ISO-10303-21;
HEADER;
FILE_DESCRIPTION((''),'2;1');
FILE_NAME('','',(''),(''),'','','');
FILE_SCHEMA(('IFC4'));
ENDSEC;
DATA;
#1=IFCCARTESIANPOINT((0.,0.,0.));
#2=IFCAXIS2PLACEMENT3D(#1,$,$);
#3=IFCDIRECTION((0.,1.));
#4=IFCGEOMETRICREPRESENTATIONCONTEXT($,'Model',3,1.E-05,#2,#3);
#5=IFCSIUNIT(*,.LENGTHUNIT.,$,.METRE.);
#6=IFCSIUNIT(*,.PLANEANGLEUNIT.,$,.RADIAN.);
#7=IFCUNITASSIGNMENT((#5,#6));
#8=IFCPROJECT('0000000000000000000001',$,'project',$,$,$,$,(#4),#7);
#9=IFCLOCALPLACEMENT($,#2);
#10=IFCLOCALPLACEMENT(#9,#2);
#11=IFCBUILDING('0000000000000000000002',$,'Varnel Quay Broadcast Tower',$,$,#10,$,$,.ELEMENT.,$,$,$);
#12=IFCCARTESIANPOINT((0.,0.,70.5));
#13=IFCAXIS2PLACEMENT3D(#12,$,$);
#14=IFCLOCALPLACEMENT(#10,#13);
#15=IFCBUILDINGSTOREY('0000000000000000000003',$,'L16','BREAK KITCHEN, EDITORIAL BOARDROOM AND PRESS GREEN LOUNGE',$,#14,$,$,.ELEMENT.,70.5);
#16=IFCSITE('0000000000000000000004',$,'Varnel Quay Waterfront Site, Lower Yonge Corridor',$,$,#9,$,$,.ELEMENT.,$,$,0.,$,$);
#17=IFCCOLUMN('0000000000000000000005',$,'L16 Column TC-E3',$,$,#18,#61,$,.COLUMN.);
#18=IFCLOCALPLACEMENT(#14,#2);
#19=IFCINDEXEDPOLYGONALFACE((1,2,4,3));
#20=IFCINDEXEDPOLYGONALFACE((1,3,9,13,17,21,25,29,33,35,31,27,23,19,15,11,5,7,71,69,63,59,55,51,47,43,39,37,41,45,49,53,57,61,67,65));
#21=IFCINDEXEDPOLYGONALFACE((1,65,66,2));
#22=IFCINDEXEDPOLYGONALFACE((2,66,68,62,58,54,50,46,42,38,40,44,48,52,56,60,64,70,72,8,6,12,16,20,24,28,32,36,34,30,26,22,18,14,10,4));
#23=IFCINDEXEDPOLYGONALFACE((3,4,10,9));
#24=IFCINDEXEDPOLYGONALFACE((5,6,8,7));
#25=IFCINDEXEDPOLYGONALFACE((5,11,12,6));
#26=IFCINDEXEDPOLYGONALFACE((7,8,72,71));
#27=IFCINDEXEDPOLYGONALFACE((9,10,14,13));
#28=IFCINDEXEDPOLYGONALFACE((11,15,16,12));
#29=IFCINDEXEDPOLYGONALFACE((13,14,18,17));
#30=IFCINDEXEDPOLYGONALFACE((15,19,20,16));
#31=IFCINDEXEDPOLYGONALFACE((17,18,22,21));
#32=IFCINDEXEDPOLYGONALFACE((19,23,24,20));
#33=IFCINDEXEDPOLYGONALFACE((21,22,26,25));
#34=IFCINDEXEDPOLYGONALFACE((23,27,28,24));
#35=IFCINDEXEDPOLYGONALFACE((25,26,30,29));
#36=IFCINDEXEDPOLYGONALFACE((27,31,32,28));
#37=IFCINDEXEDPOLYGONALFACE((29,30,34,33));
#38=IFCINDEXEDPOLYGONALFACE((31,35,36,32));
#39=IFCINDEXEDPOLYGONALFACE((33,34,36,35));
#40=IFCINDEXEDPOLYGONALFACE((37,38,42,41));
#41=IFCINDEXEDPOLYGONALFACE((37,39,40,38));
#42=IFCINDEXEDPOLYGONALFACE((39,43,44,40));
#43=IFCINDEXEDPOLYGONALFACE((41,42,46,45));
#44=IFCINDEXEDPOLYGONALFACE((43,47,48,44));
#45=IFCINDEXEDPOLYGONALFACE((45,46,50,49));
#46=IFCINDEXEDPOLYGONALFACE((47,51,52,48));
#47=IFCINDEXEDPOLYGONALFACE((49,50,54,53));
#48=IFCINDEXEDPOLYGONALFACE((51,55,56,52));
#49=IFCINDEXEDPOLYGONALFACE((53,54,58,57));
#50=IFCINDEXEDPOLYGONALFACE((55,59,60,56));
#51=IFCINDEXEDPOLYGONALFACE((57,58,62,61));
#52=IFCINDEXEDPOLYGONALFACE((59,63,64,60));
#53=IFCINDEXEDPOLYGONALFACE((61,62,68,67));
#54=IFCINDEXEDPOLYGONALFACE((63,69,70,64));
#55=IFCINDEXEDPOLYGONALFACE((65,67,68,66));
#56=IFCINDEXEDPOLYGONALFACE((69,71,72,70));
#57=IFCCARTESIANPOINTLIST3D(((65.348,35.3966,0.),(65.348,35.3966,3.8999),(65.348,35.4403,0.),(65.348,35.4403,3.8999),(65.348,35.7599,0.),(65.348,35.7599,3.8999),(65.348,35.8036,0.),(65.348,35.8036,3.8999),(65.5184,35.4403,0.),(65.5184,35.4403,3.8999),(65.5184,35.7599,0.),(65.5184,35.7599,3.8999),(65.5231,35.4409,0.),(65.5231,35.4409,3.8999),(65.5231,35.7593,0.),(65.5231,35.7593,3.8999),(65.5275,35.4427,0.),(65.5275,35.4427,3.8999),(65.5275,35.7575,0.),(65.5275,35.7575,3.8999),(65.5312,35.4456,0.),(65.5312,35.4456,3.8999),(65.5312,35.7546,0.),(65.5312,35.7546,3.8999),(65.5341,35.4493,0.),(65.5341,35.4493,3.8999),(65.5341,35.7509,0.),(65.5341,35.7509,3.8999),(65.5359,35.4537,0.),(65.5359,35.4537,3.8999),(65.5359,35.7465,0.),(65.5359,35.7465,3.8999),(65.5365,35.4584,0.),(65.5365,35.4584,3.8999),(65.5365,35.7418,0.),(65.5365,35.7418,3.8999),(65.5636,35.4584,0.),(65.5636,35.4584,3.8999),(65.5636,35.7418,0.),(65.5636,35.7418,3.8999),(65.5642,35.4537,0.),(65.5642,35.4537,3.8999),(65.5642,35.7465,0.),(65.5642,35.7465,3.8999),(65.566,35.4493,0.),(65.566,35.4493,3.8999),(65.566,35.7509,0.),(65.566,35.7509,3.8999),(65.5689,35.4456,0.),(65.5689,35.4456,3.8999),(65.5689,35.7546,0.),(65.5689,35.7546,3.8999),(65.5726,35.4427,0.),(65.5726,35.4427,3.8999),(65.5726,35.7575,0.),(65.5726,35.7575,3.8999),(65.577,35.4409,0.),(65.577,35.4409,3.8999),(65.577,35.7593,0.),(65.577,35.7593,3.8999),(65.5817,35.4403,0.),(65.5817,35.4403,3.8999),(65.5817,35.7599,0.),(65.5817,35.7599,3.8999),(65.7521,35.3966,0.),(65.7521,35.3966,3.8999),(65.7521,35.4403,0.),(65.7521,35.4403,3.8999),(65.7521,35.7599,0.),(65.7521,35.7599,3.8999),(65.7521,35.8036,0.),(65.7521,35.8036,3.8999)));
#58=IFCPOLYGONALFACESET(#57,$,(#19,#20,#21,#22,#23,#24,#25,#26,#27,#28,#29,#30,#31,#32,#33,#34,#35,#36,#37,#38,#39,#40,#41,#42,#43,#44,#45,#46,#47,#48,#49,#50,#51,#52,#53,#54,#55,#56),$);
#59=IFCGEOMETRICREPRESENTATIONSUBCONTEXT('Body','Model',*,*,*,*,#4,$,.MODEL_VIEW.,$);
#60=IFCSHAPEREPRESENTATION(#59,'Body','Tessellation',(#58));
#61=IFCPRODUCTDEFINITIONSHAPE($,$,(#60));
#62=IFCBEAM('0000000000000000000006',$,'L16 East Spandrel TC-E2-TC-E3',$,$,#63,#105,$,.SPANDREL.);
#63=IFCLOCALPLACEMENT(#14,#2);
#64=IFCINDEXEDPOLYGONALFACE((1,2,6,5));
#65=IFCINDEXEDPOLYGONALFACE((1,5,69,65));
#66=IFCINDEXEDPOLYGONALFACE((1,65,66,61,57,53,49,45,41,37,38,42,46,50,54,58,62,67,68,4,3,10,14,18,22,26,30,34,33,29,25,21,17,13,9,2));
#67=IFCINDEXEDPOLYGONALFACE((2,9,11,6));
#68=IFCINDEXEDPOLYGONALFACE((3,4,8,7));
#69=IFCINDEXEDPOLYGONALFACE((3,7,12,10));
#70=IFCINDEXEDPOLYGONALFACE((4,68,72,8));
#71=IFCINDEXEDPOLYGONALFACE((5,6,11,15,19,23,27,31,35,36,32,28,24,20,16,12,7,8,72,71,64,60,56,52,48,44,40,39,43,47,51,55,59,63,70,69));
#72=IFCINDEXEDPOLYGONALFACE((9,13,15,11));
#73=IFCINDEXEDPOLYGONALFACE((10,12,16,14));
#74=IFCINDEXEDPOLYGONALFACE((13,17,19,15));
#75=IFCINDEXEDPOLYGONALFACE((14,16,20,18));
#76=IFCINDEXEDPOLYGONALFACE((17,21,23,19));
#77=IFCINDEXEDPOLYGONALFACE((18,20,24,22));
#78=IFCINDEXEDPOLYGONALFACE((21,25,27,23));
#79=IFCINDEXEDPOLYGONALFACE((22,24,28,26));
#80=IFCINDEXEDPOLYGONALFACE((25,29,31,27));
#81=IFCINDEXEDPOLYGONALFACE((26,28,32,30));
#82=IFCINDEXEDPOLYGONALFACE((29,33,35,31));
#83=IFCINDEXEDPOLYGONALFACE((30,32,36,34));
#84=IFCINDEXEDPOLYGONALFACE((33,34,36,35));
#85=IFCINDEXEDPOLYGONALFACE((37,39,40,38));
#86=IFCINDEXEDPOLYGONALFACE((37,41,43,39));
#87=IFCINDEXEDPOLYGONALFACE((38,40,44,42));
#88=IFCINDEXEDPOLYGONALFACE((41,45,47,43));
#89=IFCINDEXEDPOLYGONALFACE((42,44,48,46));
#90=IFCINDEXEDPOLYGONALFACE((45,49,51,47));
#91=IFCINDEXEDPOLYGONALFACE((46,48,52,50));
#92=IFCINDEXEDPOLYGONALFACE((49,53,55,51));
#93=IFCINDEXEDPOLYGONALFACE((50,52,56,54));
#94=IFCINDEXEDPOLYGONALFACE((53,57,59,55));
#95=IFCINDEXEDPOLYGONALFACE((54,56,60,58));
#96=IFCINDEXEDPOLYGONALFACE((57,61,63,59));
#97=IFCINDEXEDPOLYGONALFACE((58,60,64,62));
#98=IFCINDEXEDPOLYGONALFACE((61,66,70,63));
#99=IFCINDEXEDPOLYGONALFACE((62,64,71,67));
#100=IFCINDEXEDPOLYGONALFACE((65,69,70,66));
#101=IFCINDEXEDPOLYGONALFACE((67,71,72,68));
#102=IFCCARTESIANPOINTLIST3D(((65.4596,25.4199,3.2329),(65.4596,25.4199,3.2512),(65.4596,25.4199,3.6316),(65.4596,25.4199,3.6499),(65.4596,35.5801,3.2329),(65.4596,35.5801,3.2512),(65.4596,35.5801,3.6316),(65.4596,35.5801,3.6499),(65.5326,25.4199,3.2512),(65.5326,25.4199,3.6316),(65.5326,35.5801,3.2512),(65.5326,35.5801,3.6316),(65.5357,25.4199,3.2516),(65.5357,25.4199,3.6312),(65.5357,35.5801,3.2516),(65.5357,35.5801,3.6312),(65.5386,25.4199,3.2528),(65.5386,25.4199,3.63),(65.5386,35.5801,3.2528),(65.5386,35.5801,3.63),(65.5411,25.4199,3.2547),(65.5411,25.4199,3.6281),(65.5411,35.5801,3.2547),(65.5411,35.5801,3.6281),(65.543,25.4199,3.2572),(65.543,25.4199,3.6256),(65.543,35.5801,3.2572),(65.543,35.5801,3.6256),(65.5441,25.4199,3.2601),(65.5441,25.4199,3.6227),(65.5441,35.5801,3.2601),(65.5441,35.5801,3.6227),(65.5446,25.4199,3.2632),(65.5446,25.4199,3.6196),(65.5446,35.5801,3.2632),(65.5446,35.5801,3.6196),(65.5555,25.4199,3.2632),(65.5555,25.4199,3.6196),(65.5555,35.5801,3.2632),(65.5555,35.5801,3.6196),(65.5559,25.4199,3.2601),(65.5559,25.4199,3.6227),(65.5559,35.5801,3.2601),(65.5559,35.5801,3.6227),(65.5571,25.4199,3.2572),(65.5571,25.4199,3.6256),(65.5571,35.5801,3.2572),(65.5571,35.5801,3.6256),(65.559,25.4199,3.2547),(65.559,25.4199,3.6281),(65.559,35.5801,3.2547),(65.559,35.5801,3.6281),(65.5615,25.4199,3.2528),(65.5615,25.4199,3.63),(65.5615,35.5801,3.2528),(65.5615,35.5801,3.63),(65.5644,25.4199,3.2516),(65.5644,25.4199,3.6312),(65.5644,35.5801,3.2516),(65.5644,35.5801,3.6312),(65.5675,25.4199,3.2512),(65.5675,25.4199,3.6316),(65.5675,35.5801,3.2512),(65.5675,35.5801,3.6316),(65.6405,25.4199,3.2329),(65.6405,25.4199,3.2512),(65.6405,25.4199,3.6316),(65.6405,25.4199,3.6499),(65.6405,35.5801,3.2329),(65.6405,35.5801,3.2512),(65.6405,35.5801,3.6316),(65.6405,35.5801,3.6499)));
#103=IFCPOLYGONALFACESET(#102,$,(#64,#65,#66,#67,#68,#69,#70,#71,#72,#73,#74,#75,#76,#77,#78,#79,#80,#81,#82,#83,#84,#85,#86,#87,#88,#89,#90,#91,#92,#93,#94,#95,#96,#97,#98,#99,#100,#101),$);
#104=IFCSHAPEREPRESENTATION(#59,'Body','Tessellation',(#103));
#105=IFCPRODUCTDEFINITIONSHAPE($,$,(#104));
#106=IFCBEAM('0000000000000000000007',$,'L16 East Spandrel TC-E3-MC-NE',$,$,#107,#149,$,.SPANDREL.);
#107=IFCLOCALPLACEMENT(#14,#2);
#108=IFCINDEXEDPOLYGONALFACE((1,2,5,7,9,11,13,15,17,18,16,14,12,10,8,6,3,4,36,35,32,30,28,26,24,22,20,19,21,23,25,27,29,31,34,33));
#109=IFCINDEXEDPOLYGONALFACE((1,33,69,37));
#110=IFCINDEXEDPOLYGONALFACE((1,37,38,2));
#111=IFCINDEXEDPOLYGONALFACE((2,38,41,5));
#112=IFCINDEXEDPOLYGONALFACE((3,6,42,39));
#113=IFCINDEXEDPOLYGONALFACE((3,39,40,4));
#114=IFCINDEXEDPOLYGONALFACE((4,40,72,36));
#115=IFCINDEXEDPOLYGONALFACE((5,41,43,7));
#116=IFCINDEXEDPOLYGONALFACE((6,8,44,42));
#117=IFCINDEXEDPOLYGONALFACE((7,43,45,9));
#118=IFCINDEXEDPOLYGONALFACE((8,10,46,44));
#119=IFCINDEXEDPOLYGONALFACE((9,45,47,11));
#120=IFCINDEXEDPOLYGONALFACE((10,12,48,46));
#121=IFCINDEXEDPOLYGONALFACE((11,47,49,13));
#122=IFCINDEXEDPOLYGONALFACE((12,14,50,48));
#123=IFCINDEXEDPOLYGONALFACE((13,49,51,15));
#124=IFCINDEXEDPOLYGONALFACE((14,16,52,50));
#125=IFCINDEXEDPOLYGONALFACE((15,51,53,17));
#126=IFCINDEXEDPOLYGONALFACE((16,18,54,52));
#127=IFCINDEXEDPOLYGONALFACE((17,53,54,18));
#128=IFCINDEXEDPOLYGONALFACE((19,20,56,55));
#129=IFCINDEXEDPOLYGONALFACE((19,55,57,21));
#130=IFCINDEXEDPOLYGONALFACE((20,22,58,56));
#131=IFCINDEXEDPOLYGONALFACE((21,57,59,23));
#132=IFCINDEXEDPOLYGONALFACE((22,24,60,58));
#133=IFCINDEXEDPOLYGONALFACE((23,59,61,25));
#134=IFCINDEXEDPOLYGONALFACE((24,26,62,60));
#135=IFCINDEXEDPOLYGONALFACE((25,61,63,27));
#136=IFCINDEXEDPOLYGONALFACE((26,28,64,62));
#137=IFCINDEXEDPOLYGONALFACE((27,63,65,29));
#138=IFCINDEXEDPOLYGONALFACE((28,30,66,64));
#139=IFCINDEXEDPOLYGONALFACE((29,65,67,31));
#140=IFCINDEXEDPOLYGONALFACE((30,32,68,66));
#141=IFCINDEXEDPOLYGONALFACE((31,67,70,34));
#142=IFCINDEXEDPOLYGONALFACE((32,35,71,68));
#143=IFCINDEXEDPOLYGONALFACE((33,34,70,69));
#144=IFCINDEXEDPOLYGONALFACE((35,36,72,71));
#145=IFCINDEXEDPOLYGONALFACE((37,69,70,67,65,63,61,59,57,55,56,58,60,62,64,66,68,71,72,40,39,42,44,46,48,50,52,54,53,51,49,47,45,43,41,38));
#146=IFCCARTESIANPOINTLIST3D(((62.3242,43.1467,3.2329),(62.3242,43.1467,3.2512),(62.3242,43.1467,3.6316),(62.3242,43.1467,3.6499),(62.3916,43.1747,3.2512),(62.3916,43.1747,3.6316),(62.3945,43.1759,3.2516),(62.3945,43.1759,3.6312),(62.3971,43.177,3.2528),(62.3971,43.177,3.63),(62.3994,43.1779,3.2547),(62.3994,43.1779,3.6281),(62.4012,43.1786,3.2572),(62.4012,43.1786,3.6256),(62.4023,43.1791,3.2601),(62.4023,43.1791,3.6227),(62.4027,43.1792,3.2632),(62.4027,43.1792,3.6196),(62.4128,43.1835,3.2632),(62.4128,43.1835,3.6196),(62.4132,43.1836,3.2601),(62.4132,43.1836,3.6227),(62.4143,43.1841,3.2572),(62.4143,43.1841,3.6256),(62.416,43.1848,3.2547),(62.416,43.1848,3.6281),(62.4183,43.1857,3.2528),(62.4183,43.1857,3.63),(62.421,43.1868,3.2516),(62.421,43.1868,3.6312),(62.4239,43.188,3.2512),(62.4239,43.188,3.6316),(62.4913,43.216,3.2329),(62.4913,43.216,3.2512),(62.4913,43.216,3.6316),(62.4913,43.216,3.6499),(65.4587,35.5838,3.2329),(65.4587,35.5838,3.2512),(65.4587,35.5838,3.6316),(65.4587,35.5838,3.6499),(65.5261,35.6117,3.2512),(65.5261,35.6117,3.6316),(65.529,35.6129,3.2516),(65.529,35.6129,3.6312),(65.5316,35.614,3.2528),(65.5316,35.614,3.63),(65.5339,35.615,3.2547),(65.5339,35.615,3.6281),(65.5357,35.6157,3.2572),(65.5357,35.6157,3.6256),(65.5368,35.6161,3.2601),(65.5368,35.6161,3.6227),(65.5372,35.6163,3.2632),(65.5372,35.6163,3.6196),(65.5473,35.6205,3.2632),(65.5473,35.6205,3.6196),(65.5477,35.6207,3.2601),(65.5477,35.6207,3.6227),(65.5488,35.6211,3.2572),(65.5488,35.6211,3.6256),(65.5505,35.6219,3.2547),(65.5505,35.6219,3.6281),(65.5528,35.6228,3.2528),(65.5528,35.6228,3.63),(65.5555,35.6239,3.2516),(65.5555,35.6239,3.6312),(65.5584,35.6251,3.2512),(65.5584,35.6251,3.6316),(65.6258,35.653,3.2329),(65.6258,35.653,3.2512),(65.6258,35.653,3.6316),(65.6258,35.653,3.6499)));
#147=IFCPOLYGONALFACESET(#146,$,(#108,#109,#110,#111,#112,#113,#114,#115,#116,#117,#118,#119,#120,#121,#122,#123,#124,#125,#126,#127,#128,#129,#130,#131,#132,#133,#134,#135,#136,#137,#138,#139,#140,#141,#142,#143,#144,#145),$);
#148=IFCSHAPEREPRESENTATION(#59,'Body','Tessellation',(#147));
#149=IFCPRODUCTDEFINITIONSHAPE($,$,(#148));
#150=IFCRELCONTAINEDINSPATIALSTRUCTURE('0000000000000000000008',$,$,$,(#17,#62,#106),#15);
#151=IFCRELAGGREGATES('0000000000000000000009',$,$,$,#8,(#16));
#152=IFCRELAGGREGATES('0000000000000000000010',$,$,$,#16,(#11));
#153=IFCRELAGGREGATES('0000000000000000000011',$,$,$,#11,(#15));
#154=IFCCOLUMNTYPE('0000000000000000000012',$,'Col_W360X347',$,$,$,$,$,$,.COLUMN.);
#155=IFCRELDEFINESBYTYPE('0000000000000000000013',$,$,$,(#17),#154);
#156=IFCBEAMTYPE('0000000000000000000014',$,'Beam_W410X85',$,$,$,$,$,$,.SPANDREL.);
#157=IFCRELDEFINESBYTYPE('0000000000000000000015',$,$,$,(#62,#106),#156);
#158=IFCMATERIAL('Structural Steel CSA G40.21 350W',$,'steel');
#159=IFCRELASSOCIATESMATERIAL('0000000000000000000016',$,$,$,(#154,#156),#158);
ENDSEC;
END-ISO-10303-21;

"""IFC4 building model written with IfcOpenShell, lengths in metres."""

from ifc_helpers import new_model, si_unit, direction, frame, origin, origin_2d, place, context, subcontext, project, spatial, i_section, extrude, source, transform, mapped, material, material_profile, profile_set, type_object, type_shapes, element, save


model = new_model("IFC4")

# Units and contexts
model_context = context("Model", 3, precision=1e-05, world=origin(), true_north=direction((0.0, 1.0)))
body_context = subcontext(model_context, "Body", "Model", "MODEL_VIEW")
ifc_project = project(units=[si_unit("LENGTHUNIT", "METRE"), si_unit("PLANEANGLEUNIT", "RADIAN")], contexts=[model_context])

# Site, building, storey
site_placement = place(None, origin())
site = spatial("IfcSite", under=ifc_project, at=site_placement, Name="Varnel Quay Waterfront Site, Lower Yonge Corridor", CompositionType="ELEMENT", RefElevation=0.0)
building_placement = place(site_placement, origin())
building = spatial("IfcBuilding", under=site, at=building_placement, Name="Varnel Quay Broadcast Tower", CompositionType="ELEMENT")
storey_placement = place(building_placement, frame((0.0, 0.0, 70.5)))
storey = spatial("IfcBuildingStorey", under=building, at=storey_placement, Name="L16", Description="BREAK KITCHEN, EDITORIAL BOARDROOM AND PRESS GREEN LOUNGE", CompositionType="ELEMENT", Elevation=70.5)

# Column
ifc_material_1 = material(Name="Structural Steel CSA G40.21 350W", Category="steel")
ifc_material_profile_1 = material_profile(ifc_material_1, i_section(OverallWidth=0.4041, OverallDepth=0.407, WebThickness=0.0271, FlangeThickness=0.0437, FilletRadius=0.0181, at=origin_2d()), Name="W360X347")
ifc_profile_set_1 = profile_set([ifc_material_profile_1], Name="Structural Steel CSA G40.21 350W")
column_type_1 = type_object("IfcColumnType", Name="Col_W360X347", PredefinedType="COLUMN", material=ifc_profile_set_1)
shared_shape_1 = source(origin(), body_context, "Body", "SweptSolid", [
    extrude(i_section(OverallWidth=0.4041, OverallDepth=0.407, WebThickness=0.0271, FlangeThickness=0.0437, FilletRadius=0.0181, at=origin_2d()), origin(), (0.0, 0.0, 1.0), 3.8999),
])
type_shapes(column_type_1, [shared_shape_1])
for number, where, z_axis, x_axis, name in (
    (1, (65.55, 35.6001, 0.0), (0.0, 0.0, 1.0), (1.0, 0.0, 0.0), "L16 Column TC-E3"),
):
    element("IfcColumn", number, at=place(storey_placement, frame(where, z_axis=z_axis, x_axis=x_axis)), inside=storey, type_object=column_type_1, Name=name, PredefinedType="COLUMN", context=body_context, shape_type="MappedRepresentation", body=[
        mapped(shared_shape_1, transform((0.0, 0.0, 0.0), x_axis=(1.0, 0.0, 0.0), y_axis=(0.0, 1.0, 0.0), z_axis=(0.0, 0.0, 1.0), scale=1.0)),
    ])

# Beams
ifc_material_profile_2 = material_profile(ifc_material_1, i_section(OverallWidth=0.1809, OverallDepth=0.417, WebThickness=0.011, FlangeThickness=0.0183, FilletRadius=0.012, at=origin_2d()), Name="W410X85")
ifc_profile_set_2 = profile_set([ifc_material_profile_2], Name="Structural Steel CSA G40.21 350W")
beam_type_1 = type_object("IfcBeamType", Name="Beam_W410X85", PredefinedType="SPANDREL", material=ifc_profile_set_2)
shared_shape_2 = source(origin(), body_context, "Body", "SweptSolid", [
    extrude(i_section(OverallWidth=0.1809, OverallDepth=0.417, WebThickness=0.011, FlangeThickness=0.0183, FilletRadius=0.012, at=origin_2d()), origin(), (0.0, 0.0, 1.0), 10.1602),
])
beam_1_placement = place(storey_placement, frame((65.55, 25.4199, 3.4414), z_axis=(0.0, 1.0, 0.0), x_axis=(-1.0, 0.0, 0.0)))
element("IfcBeam", 2, at=beam_1_placement, inside=storey, type_object=beam_type_1, Name="L16 East Spandrel TC-E2-TC-E3", PredefinedType="SPANDREL", context=body_context, shape_type="MappedRepresentation", body=[
    mapped(shared_shape_2, transform((0.0, 0.0, 0.0), x_axis=(1.0, 0.0, 0.0), y_axis=(0.0, 1.0, 0.0), z_axis=(0.0, 0.0, 1.0), scale=1.0)),
])
shared_shape_3 = source(origin(), body_context, "Body", "SweptSolid", [
    extrude(i_section(OverallWidth=0.1809, OverallDepth=0.417, WebThickness=0.011, FlangeThickness=0.0183, FilletRadius=0.012, at=origin_2d()), origin(), (0.0, 0.0, 1.0), 8.1868),
])
beam_2_placement = place(storey_placement, frame((65.5422, 35.6184, 3.4414), z_axis=(-0.382874, 0.923801, 0.0), x_axis=(-0.923801, -0.382874, 0.0)))
element("IfcBeam", 3, at=beam_2_placement, inside=storey, type_object=beam_type_1, Name="L16 East Spandrel TC-E3-MC-NE", PredefinedType="SPANDREL", context=body_context, shape_type="MappedRepresentation", body=[
    mapped(shared_shape_3, transform((0.0, 0.0, 0.0), x_axis=(1.0, 0.0, 0.0), y_axis=(0.0, 1.0, 0.0), z_axis=(0.0, 0.0, 1.0), scale=1.0)),
])

save(model, "model.ifc")
